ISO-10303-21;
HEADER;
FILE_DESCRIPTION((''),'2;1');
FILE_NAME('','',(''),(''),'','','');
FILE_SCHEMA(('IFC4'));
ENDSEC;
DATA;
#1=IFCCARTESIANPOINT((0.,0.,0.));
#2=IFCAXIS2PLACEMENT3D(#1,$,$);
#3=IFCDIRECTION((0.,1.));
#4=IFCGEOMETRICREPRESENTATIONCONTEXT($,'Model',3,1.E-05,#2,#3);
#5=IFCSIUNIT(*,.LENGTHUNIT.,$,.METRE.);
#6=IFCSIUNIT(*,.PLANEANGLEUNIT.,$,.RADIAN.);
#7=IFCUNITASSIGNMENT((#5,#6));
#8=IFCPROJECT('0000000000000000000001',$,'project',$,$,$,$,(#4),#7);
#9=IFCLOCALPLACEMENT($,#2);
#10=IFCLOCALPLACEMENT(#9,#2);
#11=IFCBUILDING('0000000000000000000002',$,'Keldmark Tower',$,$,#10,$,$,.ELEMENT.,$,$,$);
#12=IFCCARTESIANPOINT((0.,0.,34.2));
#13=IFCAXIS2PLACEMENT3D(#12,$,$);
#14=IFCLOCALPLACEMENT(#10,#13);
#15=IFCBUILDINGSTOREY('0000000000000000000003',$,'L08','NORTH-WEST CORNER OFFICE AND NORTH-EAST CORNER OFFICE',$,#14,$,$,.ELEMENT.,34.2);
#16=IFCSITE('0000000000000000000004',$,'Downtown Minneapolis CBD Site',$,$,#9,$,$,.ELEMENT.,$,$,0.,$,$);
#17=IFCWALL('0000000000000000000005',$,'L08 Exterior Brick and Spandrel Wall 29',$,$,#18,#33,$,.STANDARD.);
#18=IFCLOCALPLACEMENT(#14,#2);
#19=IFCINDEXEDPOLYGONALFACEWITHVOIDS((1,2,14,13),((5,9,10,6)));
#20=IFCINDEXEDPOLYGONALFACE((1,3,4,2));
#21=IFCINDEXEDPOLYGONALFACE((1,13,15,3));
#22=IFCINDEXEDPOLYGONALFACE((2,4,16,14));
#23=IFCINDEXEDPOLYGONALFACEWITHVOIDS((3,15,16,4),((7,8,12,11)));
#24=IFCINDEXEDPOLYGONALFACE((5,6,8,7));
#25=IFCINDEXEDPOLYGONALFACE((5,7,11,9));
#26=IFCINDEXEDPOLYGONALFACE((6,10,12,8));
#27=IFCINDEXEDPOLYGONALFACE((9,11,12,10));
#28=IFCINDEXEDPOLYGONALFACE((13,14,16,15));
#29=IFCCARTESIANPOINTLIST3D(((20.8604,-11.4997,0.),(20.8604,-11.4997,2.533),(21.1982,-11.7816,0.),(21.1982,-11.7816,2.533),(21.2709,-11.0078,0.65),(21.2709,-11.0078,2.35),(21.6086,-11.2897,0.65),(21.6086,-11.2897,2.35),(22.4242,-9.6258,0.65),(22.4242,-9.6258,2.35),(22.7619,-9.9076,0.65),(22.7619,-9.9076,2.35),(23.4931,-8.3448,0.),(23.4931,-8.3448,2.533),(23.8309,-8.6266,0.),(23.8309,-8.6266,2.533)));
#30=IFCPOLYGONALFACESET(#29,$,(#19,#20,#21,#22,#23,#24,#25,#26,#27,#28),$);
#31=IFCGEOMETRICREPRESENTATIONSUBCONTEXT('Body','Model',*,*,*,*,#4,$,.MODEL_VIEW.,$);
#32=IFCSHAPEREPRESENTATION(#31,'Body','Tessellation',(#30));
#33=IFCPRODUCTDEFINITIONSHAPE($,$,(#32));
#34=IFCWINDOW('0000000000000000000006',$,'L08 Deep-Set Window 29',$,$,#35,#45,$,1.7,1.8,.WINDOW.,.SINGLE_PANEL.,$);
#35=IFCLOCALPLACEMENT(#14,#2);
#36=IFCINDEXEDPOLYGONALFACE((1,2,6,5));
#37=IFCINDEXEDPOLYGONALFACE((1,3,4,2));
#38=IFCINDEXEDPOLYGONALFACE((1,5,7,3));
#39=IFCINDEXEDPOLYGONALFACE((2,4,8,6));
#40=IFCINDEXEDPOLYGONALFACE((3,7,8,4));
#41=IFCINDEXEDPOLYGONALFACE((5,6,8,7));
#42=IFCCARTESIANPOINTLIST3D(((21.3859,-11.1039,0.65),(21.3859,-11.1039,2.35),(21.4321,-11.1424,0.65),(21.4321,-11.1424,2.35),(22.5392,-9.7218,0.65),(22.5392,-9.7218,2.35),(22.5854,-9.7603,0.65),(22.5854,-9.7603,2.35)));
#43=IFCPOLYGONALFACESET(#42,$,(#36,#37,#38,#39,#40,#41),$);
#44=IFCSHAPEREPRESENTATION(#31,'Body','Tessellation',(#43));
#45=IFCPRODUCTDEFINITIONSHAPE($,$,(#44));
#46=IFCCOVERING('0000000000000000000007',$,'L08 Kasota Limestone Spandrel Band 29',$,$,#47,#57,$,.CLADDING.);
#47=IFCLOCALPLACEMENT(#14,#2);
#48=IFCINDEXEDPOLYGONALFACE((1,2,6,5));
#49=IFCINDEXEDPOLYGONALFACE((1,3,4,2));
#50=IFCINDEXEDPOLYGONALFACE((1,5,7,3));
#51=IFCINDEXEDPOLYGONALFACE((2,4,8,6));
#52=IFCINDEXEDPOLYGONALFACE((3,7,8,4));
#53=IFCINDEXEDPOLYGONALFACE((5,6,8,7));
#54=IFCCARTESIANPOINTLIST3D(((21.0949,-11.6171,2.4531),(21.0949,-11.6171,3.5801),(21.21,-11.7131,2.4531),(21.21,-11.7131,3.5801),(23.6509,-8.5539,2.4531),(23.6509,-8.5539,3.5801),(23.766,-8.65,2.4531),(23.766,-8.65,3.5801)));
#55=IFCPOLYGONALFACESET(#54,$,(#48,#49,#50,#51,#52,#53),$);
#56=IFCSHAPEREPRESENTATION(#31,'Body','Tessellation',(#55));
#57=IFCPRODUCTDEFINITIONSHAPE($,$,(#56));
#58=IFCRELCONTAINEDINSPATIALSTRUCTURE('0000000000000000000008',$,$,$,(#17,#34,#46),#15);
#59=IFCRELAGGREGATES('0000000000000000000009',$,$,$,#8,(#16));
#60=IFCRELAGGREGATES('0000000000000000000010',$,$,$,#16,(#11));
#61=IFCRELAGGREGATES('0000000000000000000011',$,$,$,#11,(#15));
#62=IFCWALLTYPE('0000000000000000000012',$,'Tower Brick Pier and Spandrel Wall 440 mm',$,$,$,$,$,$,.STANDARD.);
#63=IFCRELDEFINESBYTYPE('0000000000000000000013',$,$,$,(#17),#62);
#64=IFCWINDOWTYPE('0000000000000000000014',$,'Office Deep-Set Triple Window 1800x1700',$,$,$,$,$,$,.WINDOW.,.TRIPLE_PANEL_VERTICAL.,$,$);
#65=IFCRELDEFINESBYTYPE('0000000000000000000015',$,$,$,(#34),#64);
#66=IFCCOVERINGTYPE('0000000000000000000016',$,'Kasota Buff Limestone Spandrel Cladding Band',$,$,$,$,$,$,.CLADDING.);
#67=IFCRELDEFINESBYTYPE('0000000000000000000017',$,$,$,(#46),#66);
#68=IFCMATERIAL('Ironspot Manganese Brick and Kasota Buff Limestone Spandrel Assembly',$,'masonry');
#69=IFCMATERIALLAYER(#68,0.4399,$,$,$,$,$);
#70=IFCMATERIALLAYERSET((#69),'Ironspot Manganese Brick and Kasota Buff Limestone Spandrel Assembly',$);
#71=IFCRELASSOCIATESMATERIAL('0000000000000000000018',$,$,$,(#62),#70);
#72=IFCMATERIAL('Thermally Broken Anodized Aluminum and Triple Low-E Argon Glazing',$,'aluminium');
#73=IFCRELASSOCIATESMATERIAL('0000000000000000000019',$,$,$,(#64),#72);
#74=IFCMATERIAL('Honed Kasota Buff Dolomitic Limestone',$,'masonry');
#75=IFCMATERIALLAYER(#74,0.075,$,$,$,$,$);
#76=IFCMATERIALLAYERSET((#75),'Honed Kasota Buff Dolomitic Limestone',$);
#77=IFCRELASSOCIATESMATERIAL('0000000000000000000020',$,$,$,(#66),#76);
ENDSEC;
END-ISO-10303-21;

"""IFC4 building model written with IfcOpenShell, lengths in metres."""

from ifc_helpers import new_model, si_unit, direction, frame, frame_2d, origin, origin_2d, place, context, subcontext, project, spatial, rectangle, extrude, material, layer, layer_set, type_object, element, fill, save


model = new_model("IFC4")

# Units and contexts
model_context = context("Model", 3, precision=1e-05, world=origin(), true_north=direction((0.0, 1.0)))
body_context = subcontext(model_context, "Body", "Model", "MODEL_VIEW")
ifc_project = project(units=[si_unit("LENGTHUNIT", "METRE"), si_unit("PLANEANGLEUNIT", "RADIAN")], contexts=[model_context])

# Site, building, storey
site_placement = place(None, origin())
site = spatial("IfcSite", under=ifc_project, at=site_placement, Name="Downtown Minneapolis CBD Site", CompositionType="ELEMENT", RefElevation=0.0)
building_placement = place(site_placement, origin())
building = spatial("IfcBuilding", under=site, at=building_placement, Name="Keldmark Tower", CompositionType="ELEMENT")
storey_placement = place(building_placement, frame((0.0, 0.0, 34.2)))
storey = spatial("IfcBuildingStorey", under=building, at=storey_placement, Name="L08", Description="NORTH-WEST CORNER OFFICE AND NORTH-EAST CORNER OFFICE", CompositionType="ELEMENT", Elevation=34.2)

# Wall, opening, window
ifc_material_1 = material(Name="Ironspot Manganese Brick and Kasota Buff Limestone Spandrel Assembly", Category="masonry")
ifc_layer_1 = layer(ifc_material_1, 0.4399)
ifc_layer_set_1 = layer_set([ifc_layer_1], Name="Ironspot Manganese Brick and Kasota Buff Limestone Spandrel Assembly")
wall_type_1 = type_object("IfcWallType", Name="Tower Brick Pier and Spandrel Wall 440 mm", PredefinedType="STANDARD", material=ifc_layer_set_1)
ifc_material_2 = material(Name="Thermally Broken Anodized Aluminum and Triple Low-E Argon Glazing", Category="aluminium")
window_type = type_object("IfcWindowType", Name="Office Deep-Set Triple Window 1800x1700", PartitioningType="TRIPLE_PANEL_VERTICAL", PredefinedType="WINDOW", material=ifc_material_2)
wall_1_placement = place(storey_placement, frame((23.6621, -8.4856, 0.0), z_axis=(0.0, 0.0, 1.0), x_axis=(-0.640704, -0.767788, 0.0)))
wall_1 = element("IfcWall", 1, at=wall_1_placement, inside=storey, type_object=wall_type_1, Name="L08 Exterior Brick and Spandrel Wall 29", PredefinedType="STANDARD", context=body_context, shape_type="SweptSolid", body=[
    extrude(rectangle(XDim=4.1091, YDim=0.4399, at=frame_2d((2.0547, 0.0))), origin(), (0.0, 0.0, 1.0), 2.533),
])
opening_1_placement = place(wall_1_placement, frame((1.6687, 0.0, 0.6499)))
opening_1 = element("IfcOpeningElement", 2, at=opening_1_placement, cuts=wall_1, PredefinedType="OPENING", context=body_context, shape_type="SweptSolid", body=[
    extrude(rectangle(XDim=1.8, YDim=1.7, at=frame_2d((0.8999, 0.8501))), frame((0.0, 0.23, 0.0), z_axis=(0.0, -1.0, 0.0), x_axis=(1.0, 0.0, 0.0)), (0.0, 0.0, 1.0), 0.46),
])
window_1_placement = place(opening_1_placement, origin())
window_1 = element("IfcWindow", 3, at=window_1_placement, inside=storey, type_object=window_type, Name="L08 Deep-Set Window 29", OverallHeight=1.7, OverallWidth=1.8, PartitioningType="SINGLE_PANEL", PredefinedType="WINDOW", context=body_context, shape_type="SweptSolid", body=[
    extrude(rectangle(XDim=1.8, YDim=1.7, at=frame_2d((0.8999, 0.8501))), frame((0.0, -0.01, 0.0), z_axis=(0.0, -1.0, 0.0), x_axis=(1.0, 0.0, 0.0)), (0.0, 0.0, 1.0), 0.0601),
])
fill(opening_1, window_1)

# Covering
ifc_material_3 = material(Name="Honed Kasota Buff Dolomitic Limestone", Category="masonry")
ifc_layer_2 = layer(ifc_material_3, 0.075)
ifc_layer_set_2 = layer_set([ifc_layer_2], Name="Honed Kasota Buff Dolomitic Limestone")
covering_type = type_object("IfcCoveringType", Name="Kasota Buff Limestone Spandrel Cladding Band", PredefinedType="CLADDING", material=ifc_layer_set_2)
covering_placement = place(storey_placement, frame((22.4304, -10.1335, 2.4531), z_axis=(0.0, 0.0, 1.0), x_axis=(0.640686, 0.767803, 0.0)))
element("IfcCovering", 4, at=covering_placement, inside=storey, type_object=covering_type, Name="L08 Kasota Limestone Spandrel Band 29", PredefinedType="CLADDING", context=body_context, shape_type="SweptSolid", body=[
    extrude(rectangle(XDim=3.9895, YDim=0.1499, at=origin_2d()), origin(), (0.0, 0.0, 1.0), 1.127),
])

save(model, "model.ifc")
